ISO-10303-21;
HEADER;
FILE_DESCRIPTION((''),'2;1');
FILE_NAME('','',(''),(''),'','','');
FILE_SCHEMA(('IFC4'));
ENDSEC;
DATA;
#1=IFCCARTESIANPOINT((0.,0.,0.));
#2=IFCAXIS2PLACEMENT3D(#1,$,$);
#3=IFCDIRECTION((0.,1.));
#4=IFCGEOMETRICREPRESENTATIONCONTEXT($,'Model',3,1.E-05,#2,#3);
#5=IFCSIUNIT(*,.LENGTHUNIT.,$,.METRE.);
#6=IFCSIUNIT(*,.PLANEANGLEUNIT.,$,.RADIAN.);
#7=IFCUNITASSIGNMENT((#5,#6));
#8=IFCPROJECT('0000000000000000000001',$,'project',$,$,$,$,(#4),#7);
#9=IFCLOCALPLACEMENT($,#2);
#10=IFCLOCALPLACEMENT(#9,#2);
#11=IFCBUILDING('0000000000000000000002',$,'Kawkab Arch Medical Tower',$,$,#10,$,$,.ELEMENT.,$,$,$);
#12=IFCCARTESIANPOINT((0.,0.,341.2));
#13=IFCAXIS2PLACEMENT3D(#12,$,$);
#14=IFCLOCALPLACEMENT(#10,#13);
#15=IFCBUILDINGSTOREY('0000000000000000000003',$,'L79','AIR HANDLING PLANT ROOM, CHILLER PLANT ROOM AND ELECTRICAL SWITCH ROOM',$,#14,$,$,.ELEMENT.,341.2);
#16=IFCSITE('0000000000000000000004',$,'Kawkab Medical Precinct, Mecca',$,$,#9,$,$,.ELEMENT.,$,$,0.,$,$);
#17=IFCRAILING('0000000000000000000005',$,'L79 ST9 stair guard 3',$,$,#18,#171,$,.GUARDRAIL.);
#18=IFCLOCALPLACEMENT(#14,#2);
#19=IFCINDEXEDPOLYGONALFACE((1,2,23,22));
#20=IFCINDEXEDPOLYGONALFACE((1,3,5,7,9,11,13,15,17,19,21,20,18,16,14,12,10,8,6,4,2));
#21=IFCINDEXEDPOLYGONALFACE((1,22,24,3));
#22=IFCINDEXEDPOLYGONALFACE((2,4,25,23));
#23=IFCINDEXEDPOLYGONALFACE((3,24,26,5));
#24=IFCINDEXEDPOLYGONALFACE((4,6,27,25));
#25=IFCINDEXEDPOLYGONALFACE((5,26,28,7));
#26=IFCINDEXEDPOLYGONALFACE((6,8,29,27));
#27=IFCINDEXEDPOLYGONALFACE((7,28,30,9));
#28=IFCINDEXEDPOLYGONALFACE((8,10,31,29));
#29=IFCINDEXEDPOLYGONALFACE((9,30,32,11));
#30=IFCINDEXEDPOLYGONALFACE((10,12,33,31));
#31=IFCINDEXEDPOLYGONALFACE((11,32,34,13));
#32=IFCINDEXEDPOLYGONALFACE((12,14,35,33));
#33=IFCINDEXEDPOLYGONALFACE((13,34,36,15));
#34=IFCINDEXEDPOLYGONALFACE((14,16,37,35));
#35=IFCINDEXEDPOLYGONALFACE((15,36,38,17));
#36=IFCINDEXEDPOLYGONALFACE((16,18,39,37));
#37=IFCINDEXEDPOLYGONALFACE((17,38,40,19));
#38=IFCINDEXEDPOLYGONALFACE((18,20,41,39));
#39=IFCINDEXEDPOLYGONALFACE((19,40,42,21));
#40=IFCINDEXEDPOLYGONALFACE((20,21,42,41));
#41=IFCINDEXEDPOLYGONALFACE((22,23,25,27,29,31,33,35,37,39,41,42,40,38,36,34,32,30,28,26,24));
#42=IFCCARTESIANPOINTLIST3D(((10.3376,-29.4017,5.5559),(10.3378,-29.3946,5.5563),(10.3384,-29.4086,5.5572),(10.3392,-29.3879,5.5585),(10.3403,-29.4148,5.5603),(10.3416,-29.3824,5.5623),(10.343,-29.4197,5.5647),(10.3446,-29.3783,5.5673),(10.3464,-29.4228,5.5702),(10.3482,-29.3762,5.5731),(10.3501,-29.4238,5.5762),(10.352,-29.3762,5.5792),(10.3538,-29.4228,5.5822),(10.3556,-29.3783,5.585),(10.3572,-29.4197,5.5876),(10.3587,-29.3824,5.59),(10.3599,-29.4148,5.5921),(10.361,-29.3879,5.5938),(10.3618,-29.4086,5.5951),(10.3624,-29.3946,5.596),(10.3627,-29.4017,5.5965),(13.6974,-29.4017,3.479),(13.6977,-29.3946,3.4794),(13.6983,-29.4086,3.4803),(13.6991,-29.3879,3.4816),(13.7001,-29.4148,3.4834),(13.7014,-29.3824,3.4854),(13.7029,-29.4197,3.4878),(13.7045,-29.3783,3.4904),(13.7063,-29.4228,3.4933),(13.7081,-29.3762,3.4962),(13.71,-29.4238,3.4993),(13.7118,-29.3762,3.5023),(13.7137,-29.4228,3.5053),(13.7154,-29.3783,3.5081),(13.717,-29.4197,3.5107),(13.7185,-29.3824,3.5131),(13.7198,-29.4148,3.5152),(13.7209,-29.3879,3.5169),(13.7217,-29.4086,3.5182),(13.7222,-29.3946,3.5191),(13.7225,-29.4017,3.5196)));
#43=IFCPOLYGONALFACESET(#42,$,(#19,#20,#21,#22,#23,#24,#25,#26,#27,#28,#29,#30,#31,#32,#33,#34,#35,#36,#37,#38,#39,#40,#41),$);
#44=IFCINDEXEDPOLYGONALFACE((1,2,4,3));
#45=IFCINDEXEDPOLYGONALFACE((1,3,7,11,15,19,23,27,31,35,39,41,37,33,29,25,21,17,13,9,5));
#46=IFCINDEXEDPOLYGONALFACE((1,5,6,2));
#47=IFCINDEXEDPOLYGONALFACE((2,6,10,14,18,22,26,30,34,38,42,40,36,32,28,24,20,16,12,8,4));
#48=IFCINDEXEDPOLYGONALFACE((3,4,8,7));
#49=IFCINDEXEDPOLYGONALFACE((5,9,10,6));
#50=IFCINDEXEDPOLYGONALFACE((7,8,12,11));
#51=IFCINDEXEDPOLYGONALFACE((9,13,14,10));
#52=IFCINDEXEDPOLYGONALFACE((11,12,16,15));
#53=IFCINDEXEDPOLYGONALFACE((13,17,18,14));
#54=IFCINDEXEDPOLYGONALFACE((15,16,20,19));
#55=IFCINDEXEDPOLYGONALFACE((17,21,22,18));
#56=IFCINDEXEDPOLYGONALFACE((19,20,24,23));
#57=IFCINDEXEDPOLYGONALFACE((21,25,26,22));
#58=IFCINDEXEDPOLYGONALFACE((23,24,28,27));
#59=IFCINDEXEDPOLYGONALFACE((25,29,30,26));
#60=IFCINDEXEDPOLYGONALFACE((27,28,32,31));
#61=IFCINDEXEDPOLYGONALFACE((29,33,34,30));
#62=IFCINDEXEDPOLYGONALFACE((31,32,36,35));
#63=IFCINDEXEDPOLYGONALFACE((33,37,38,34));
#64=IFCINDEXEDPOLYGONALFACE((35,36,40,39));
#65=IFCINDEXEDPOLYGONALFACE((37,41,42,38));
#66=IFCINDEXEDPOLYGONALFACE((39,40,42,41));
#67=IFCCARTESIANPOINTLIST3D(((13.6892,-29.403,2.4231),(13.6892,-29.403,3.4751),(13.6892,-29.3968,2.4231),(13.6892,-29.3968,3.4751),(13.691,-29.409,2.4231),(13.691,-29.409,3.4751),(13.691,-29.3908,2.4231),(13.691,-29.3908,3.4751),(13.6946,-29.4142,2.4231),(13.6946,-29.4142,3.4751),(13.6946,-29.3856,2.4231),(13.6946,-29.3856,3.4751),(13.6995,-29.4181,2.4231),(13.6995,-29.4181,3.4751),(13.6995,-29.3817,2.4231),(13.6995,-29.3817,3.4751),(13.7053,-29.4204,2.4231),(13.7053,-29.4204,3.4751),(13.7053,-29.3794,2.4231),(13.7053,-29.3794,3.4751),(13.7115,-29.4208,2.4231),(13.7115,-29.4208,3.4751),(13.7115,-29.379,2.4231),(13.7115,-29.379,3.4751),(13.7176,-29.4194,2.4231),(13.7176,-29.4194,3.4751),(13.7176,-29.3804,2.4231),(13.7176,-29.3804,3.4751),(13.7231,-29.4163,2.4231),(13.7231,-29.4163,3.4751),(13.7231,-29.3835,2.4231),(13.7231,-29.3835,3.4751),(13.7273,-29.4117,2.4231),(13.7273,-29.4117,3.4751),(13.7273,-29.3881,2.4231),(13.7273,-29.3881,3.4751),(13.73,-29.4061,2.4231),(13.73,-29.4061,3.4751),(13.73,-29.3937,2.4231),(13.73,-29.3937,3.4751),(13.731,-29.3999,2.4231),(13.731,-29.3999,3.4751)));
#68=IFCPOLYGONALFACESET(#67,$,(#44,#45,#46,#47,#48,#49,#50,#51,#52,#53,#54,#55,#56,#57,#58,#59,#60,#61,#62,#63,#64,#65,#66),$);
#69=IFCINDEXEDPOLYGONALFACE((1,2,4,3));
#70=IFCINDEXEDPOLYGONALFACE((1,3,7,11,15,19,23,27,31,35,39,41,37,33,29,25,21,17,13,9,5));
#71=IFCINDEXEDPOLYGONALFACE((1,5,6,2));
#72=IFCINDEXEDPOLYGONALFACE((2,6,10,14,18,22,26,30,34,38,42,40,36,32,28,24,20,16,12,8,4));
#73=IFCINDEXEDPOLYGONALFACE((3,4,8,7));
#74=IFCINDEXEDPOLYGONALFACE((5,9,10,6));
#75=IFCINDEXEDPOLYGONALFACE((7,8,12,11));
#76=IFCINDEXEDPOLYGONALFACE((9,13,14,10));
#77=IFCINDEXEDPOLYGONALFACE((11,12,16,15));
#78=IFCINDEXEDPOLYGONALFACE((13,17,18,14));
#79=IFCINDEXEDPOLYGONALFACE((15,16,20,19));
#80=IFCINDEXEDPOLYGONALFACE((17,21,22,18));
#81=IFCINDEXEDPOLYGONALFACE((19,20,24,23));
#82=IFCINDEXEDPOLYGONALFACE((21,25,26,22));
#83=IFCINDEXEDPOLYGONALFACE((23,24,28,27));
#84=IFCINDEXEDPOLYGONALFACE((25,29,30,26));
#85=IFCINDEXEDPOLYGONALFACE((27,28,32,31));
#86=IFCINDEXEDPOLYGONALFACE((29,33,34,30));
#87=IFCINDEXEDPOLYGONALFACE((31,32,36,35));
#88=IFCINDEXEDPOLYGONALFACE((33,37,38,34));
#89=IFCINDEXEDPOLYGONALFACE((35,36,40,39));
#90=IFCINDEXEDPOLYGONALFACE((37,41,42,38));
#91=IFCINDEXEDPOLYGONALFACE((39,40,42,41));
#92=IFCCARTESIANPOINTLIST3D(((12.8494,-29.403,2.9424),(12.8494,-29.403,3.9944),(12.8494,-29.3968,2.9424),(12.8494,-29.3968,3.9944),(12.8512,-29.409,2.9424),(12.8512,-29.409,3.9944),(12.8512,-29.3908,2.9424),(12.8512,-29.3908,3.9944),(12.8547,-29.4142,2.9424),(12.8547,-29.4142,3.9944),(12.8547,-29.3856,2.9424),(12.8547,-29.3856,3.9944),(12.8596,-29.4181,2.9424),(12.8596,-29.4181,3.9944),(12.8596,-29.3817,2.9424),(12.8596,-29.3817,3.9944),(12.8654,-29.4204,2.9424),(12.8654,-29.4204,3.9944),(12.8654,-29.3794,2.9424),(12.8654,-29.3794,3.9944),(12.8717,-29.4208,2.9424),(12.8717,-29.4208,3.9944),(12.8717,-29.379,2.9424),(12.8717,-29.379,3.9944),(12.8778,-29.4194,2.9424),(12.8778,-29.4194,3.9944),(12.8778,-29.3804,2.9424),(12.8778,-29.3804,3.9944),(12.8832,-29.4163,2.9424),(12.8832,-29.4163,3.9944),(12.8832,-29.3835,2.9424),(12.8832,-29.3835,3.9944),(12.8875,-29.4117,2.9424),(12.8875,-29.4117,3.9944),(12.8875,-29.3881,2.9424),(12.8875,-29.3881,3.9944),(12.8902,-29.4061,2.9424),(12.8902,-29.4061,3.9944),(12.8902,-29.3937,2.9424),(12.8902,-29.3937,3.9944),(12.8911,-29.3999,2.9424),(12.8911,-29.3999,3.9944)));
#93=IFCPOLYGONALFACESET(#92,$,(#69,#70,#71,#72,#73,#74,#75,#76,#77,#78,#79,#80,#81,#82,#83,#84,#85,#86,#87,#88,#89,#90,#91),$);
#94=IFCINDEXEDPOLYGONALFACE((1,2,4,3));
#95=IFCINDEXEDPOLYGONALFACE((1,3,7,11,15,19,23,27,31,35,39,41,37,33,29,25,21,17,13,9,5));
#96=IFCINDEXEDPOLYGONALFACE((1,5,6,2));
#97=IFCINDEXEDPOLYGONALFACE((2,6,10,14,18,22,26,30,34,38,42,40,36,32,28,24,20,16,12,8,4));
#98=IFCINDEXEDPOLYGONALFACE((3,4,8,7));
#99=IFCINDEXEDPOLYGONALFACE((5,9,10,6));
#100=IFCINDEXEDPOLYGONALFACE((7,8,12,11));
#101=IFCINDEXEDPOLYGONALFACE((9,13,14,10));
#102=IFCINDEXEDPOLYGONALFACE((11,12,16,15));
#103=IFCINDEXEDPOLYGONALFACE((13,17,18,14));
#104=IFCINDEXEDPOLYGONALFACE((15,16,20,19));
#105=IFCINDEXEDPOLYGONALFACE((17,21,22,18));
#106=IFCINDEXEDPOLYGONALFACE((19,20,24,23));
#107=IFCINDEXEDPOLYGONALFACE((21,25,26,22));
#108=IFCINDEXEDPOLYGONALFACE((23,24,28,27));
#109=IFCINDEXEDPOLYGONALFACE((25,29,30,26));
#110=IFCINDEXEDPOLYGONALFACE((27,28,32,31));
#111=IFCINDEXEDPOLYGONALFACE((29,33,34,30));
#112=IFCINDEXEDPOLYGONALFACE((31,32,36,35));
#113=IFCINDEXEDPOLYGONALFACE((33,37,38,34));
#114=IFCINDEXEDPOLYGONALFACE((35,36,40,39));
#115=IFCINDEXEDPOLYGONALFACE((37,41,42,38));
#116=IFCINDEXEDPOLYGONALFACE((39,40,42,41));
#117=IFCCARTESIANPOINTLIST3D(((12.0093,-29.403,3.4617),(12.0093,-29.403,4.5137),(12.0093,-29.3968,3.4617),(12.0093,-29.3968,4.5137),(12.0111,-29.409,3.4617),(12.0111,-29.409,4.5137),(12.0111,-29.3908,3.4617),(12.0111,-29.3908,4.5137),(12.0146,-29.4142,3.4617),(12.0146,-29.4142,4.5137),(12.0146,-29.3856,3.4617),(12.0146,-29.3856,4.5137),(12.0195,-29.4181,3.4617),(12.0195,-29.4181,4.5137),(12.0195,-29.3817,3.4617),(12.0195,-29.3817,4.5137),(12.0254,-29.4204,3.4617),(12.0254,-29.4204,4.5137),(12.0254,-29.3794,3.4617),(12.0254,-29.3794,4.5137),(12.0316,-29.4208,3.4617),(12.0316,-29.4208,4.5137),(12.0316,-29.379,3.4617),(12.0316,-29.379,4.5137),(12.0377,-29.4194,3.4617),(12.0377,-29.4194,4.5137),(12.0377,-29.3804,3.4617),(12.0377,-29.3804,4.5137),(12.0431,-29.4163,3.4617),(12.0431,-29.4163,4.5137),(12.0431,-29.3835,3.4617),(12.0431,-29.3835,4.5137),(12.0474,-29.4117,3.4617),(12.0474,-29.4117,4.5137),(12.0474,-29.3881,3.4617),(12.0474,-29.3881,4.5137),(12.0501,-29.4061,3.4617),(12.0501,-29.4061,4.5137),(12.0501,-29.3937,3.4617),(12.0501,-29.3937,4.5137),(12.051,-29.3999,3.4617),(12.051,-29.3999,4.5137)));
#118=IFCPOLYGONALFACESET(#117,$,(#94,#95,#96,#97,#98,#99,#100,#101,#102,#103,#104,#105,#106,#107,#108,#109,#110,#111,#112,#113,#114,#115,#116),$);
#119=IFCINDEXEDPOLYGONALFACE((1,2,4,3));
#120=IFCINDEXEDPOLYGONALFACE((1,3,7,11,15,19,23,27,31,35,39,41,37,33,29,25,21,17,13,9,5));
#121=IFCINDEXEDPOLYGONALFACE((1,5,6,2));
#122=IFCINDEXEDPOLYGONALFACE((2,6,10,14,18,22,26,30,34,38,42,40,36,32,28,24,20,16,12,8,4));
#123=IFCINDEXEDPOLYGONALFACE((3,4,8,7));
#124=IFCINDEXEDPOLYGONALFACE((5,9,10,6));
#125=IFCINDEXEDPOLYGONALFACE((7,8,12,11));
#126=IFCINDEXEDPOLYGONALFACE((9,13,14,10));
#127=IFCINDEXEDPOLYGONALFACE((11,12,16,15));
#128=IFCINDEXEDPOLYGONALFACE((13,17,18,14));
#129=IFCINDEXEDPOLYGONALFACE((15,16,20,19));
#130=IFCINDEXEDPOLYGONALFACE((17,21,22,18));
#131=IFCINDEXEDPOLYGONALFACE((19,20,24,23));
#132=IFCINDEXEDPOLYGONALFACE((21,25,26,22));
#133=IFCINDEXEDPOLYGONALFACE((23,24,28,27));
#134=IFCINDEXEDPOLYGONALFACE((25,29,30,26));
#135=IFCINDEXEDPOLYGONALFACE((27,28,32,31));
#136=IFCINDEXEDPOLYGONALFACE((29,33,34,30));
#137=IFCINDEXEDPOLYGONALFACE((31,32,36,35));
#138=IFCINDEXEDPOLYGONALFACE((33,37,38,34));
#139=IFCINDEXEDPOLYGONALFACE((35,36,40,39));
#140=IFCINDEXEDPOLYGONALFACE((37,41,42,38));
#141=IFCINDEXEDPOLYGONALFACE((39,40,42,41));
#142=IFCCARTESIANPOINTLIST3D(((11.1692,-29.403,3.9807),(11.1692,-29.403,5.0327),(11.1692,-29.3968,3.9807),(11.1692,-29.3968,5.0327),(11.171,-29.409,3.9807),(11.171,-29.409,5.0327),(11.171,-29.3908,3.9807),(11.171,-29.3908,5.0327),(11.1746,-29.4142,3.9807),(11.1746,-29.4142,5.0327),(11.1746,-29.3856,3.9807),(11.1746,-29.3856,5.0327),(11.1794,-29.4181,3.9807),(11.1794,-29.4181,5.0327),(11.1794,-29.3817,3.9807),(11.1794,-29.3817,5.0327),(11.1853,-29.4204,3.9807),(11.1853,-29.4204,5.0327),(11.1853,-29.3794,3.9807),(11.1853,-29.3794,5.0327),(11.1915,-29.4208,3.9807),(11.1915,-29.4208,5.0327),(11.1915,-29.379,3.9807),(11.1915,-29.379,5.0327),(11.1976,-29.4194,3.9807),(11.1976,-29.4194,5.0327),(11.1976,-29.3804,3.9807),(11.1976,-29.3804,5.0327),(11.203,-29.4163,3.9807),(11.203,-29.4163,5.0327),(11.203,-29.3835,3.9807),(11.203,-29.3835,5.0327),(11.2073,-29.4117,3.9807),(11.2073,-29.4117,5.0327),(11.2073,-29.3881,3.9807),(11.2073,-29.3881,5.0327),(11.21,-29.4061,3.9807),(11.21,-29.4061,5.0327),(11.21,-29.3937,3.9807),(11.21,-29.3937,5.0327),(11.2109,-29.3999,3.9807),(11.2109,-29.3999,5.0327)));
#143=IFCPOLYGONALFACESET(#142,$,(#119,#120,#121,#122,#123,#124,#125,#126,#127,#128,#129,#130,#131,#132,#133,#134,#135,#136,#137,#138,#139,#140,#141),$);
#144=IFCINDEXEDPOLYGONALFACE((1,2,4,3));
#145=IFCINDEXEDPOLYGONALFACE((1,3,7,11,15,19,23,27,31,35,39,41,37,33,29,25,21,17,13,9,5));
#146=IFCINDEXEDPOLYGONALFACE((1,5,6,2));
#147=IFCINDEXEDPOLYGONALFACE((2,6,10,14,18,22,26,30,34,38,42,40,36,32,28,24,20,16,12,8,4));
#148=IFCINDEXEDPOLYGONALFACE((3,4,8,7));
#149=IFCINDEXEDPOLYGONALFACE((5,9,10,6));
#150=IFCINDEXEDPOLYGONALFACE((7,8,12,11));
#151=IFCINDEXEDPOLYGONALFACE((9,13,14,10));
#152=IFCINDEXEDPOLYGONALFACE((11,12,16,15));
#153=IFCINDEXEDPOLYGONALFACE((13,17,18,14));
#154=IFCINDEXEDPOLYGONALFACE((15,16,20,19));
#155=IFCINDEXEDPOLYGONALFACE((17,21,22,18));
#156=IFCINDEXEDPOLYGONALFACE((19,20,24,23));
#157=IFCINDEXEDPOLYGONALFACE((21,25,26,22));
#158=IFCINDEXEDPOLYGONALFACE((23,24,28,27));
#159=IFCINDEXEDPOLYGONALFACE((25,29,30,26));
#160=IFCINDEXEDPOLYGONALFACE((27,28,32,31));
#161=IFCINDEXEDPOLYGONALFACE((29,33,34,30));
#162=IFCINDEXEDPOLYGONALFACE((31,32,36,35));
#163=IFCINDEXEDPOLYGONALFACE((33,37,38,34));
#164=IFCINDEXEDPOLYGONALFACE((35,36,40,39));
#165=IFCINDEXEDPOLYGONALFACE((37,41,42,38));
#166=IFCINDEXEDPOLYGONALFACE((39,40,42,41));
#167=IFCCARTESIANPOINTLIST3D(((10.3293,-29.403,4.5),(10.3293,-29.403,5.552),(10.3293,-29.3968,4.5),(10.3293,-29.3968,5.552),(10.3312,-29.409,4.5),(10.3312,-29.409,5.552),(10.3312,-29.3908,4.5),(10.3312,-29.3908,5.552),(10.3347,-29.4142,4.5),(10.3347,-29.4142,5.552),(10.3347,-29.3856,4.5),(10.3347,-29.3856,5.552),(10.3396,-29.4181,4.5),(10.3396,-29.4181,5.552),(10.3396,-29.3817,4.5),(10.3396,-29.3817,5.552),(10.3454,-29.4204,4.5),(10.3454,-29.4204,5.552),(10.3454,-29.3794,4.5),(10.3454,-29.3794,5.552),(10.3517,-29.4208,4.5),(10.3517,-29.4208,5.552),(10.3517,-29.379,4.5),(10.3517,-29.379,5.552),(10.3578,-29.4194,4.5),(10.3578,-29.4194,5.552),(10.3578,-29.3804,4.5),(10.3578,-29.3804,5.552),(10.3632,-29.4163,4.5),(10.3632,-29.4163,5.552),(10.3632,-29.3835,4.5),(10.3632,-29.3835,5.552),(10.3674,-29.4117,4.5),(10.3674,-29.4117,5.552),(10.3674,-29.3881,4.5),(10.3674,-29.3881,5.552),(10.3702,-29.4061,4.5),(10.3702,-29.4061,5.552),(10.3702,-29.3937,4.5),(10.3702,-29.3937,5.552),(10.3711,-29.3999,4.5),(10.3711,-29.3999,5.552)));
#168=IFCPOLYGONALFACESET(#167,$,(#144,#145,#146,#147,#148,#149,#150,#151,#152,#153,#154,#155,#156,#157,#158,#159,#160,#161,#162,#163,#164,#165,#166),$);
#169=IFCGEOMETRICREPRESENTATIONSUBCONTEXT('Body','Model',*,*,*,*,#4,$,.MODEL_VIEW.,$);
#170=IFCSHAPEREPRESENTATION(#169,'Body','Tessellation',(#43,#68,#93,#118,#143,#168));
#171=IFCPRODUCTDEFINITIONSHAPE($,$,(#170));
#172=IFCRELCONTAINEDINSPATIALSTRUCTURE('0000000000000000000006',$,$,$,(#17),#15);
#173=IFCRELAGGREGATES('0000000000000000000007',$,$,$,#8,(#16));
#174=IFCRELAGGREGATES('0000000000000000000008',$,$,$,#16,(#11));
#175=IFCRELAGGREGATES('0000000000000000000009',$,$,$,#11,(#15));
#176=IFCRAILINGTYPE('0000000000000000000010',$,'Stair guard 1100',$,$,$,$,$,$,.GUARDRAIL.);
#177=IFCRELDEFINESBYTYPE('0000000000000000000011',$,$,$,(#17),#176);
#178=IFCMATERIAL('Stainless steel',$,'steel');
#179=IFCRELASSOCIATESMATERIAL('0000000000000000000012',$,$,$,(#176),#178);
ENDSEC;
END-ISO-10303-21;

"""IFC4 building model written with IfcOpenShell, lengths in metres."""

from ifc_helpers import new_model, si_unit, direction, frame, origin, origin_2d, place, context, subcontext, project, spatial, circle, extrude, material, type_object, element, save


model = new_model("IFC4")

# Units and contexts
model_context = context("Model", 3, precision=1e-05, world=origin(), true_north=direction((0.0, 1.0)))
body_context = subcontext(model_context, "Body", "Model", "MODEL_VIEW")
ifc_project = project(units=[si_unit("LENGTHUNIT", "METRE"), si_unit("PLANEANGLEUNIT", "RADIAN")], contexts=[model_context])

# Site, building, storey
site_placement = place(None, origin())
site = spatial("IfcSite", under=ifc_project, at=site_placement, Name="Kawkab Medical Precinct, Mecca", CompositionType="ELEMENT", RefElevation=0.0)
building_placement = place(site_placement, origin())
building = spatial("IfcBuilding", under=site, at=building_placement, Name="Kawkab Arch Medical Tower", CompositionType="ELEMENT")
storey_placement = place(building_placement, frame((0.0, 0.0, 341.2)))
storey = spatial("IfcBuildingStorey", under=building, at=storey_placement, Name="L79", Description="AIR HANDLING PLANT ROOM, CHILLER PLANT ROOM AND ELECTRICAL SWITCH ROOM", CompositionType="ELEMENT", Elevation=341.2)

# Railing
ifc_material_1 = material(Name="Stainless steel", Category="steel")
railing_type = type_object("IfcRailingType", Name="Stair guard 1100", PredefinedType="GUARDRAIL", material=ifc_material_1)
railing_1_placement = place(storey_placement, frame((13.71, -29.3999, 2.4231)))
element("IfcRailing", 1, at=railing_1_placement, inside=storey, type_object=railing_type, Name="L79 ST9 stair guard 3", PredefinedType="GUARDRAIL", context=body_context, shape_type="SweptSolid", body=[
    extrude(circle(Radius=0.0239, at=origin_2d()), frame((0.0, 0.0, 1.0762), z_axis=(-0.850606, 0.0, 0.525803), x_axis=(0.0, -1.0, 0.0)), (0.0, 0.0, 1.0), 3.95),
    extrude(circle(Radius=0.021, at=origin_2d()), origin(), (0.0, 0.0, 1.0), 1.052),
    extrude(circle(Radius=0.021, at=origin_2d()), frame((-0.8398, 0.0, 0.5193)), (0.0, 0.0, 1.0), 1.052),
    extrude(circle(Radius=0.021, at=origin_2d()), frame((-1.6799, 0.0, 1.0386)), (0.0, 0.0, 1.0), 1.052),
    extrude(circle(Radius=0.021, at=origin_2d()), frame((-2.52, 0.0, 1.5576)), (0.0, 0.0, 1.0), 1.052),
    extrude(circle(Radius=0.021, at=origin_2d()), frame((-3.3599, 0.0, 2.0769)), (0.0, 0.0, 1.0), 1.052),
])

save(model, "model.ifc")
